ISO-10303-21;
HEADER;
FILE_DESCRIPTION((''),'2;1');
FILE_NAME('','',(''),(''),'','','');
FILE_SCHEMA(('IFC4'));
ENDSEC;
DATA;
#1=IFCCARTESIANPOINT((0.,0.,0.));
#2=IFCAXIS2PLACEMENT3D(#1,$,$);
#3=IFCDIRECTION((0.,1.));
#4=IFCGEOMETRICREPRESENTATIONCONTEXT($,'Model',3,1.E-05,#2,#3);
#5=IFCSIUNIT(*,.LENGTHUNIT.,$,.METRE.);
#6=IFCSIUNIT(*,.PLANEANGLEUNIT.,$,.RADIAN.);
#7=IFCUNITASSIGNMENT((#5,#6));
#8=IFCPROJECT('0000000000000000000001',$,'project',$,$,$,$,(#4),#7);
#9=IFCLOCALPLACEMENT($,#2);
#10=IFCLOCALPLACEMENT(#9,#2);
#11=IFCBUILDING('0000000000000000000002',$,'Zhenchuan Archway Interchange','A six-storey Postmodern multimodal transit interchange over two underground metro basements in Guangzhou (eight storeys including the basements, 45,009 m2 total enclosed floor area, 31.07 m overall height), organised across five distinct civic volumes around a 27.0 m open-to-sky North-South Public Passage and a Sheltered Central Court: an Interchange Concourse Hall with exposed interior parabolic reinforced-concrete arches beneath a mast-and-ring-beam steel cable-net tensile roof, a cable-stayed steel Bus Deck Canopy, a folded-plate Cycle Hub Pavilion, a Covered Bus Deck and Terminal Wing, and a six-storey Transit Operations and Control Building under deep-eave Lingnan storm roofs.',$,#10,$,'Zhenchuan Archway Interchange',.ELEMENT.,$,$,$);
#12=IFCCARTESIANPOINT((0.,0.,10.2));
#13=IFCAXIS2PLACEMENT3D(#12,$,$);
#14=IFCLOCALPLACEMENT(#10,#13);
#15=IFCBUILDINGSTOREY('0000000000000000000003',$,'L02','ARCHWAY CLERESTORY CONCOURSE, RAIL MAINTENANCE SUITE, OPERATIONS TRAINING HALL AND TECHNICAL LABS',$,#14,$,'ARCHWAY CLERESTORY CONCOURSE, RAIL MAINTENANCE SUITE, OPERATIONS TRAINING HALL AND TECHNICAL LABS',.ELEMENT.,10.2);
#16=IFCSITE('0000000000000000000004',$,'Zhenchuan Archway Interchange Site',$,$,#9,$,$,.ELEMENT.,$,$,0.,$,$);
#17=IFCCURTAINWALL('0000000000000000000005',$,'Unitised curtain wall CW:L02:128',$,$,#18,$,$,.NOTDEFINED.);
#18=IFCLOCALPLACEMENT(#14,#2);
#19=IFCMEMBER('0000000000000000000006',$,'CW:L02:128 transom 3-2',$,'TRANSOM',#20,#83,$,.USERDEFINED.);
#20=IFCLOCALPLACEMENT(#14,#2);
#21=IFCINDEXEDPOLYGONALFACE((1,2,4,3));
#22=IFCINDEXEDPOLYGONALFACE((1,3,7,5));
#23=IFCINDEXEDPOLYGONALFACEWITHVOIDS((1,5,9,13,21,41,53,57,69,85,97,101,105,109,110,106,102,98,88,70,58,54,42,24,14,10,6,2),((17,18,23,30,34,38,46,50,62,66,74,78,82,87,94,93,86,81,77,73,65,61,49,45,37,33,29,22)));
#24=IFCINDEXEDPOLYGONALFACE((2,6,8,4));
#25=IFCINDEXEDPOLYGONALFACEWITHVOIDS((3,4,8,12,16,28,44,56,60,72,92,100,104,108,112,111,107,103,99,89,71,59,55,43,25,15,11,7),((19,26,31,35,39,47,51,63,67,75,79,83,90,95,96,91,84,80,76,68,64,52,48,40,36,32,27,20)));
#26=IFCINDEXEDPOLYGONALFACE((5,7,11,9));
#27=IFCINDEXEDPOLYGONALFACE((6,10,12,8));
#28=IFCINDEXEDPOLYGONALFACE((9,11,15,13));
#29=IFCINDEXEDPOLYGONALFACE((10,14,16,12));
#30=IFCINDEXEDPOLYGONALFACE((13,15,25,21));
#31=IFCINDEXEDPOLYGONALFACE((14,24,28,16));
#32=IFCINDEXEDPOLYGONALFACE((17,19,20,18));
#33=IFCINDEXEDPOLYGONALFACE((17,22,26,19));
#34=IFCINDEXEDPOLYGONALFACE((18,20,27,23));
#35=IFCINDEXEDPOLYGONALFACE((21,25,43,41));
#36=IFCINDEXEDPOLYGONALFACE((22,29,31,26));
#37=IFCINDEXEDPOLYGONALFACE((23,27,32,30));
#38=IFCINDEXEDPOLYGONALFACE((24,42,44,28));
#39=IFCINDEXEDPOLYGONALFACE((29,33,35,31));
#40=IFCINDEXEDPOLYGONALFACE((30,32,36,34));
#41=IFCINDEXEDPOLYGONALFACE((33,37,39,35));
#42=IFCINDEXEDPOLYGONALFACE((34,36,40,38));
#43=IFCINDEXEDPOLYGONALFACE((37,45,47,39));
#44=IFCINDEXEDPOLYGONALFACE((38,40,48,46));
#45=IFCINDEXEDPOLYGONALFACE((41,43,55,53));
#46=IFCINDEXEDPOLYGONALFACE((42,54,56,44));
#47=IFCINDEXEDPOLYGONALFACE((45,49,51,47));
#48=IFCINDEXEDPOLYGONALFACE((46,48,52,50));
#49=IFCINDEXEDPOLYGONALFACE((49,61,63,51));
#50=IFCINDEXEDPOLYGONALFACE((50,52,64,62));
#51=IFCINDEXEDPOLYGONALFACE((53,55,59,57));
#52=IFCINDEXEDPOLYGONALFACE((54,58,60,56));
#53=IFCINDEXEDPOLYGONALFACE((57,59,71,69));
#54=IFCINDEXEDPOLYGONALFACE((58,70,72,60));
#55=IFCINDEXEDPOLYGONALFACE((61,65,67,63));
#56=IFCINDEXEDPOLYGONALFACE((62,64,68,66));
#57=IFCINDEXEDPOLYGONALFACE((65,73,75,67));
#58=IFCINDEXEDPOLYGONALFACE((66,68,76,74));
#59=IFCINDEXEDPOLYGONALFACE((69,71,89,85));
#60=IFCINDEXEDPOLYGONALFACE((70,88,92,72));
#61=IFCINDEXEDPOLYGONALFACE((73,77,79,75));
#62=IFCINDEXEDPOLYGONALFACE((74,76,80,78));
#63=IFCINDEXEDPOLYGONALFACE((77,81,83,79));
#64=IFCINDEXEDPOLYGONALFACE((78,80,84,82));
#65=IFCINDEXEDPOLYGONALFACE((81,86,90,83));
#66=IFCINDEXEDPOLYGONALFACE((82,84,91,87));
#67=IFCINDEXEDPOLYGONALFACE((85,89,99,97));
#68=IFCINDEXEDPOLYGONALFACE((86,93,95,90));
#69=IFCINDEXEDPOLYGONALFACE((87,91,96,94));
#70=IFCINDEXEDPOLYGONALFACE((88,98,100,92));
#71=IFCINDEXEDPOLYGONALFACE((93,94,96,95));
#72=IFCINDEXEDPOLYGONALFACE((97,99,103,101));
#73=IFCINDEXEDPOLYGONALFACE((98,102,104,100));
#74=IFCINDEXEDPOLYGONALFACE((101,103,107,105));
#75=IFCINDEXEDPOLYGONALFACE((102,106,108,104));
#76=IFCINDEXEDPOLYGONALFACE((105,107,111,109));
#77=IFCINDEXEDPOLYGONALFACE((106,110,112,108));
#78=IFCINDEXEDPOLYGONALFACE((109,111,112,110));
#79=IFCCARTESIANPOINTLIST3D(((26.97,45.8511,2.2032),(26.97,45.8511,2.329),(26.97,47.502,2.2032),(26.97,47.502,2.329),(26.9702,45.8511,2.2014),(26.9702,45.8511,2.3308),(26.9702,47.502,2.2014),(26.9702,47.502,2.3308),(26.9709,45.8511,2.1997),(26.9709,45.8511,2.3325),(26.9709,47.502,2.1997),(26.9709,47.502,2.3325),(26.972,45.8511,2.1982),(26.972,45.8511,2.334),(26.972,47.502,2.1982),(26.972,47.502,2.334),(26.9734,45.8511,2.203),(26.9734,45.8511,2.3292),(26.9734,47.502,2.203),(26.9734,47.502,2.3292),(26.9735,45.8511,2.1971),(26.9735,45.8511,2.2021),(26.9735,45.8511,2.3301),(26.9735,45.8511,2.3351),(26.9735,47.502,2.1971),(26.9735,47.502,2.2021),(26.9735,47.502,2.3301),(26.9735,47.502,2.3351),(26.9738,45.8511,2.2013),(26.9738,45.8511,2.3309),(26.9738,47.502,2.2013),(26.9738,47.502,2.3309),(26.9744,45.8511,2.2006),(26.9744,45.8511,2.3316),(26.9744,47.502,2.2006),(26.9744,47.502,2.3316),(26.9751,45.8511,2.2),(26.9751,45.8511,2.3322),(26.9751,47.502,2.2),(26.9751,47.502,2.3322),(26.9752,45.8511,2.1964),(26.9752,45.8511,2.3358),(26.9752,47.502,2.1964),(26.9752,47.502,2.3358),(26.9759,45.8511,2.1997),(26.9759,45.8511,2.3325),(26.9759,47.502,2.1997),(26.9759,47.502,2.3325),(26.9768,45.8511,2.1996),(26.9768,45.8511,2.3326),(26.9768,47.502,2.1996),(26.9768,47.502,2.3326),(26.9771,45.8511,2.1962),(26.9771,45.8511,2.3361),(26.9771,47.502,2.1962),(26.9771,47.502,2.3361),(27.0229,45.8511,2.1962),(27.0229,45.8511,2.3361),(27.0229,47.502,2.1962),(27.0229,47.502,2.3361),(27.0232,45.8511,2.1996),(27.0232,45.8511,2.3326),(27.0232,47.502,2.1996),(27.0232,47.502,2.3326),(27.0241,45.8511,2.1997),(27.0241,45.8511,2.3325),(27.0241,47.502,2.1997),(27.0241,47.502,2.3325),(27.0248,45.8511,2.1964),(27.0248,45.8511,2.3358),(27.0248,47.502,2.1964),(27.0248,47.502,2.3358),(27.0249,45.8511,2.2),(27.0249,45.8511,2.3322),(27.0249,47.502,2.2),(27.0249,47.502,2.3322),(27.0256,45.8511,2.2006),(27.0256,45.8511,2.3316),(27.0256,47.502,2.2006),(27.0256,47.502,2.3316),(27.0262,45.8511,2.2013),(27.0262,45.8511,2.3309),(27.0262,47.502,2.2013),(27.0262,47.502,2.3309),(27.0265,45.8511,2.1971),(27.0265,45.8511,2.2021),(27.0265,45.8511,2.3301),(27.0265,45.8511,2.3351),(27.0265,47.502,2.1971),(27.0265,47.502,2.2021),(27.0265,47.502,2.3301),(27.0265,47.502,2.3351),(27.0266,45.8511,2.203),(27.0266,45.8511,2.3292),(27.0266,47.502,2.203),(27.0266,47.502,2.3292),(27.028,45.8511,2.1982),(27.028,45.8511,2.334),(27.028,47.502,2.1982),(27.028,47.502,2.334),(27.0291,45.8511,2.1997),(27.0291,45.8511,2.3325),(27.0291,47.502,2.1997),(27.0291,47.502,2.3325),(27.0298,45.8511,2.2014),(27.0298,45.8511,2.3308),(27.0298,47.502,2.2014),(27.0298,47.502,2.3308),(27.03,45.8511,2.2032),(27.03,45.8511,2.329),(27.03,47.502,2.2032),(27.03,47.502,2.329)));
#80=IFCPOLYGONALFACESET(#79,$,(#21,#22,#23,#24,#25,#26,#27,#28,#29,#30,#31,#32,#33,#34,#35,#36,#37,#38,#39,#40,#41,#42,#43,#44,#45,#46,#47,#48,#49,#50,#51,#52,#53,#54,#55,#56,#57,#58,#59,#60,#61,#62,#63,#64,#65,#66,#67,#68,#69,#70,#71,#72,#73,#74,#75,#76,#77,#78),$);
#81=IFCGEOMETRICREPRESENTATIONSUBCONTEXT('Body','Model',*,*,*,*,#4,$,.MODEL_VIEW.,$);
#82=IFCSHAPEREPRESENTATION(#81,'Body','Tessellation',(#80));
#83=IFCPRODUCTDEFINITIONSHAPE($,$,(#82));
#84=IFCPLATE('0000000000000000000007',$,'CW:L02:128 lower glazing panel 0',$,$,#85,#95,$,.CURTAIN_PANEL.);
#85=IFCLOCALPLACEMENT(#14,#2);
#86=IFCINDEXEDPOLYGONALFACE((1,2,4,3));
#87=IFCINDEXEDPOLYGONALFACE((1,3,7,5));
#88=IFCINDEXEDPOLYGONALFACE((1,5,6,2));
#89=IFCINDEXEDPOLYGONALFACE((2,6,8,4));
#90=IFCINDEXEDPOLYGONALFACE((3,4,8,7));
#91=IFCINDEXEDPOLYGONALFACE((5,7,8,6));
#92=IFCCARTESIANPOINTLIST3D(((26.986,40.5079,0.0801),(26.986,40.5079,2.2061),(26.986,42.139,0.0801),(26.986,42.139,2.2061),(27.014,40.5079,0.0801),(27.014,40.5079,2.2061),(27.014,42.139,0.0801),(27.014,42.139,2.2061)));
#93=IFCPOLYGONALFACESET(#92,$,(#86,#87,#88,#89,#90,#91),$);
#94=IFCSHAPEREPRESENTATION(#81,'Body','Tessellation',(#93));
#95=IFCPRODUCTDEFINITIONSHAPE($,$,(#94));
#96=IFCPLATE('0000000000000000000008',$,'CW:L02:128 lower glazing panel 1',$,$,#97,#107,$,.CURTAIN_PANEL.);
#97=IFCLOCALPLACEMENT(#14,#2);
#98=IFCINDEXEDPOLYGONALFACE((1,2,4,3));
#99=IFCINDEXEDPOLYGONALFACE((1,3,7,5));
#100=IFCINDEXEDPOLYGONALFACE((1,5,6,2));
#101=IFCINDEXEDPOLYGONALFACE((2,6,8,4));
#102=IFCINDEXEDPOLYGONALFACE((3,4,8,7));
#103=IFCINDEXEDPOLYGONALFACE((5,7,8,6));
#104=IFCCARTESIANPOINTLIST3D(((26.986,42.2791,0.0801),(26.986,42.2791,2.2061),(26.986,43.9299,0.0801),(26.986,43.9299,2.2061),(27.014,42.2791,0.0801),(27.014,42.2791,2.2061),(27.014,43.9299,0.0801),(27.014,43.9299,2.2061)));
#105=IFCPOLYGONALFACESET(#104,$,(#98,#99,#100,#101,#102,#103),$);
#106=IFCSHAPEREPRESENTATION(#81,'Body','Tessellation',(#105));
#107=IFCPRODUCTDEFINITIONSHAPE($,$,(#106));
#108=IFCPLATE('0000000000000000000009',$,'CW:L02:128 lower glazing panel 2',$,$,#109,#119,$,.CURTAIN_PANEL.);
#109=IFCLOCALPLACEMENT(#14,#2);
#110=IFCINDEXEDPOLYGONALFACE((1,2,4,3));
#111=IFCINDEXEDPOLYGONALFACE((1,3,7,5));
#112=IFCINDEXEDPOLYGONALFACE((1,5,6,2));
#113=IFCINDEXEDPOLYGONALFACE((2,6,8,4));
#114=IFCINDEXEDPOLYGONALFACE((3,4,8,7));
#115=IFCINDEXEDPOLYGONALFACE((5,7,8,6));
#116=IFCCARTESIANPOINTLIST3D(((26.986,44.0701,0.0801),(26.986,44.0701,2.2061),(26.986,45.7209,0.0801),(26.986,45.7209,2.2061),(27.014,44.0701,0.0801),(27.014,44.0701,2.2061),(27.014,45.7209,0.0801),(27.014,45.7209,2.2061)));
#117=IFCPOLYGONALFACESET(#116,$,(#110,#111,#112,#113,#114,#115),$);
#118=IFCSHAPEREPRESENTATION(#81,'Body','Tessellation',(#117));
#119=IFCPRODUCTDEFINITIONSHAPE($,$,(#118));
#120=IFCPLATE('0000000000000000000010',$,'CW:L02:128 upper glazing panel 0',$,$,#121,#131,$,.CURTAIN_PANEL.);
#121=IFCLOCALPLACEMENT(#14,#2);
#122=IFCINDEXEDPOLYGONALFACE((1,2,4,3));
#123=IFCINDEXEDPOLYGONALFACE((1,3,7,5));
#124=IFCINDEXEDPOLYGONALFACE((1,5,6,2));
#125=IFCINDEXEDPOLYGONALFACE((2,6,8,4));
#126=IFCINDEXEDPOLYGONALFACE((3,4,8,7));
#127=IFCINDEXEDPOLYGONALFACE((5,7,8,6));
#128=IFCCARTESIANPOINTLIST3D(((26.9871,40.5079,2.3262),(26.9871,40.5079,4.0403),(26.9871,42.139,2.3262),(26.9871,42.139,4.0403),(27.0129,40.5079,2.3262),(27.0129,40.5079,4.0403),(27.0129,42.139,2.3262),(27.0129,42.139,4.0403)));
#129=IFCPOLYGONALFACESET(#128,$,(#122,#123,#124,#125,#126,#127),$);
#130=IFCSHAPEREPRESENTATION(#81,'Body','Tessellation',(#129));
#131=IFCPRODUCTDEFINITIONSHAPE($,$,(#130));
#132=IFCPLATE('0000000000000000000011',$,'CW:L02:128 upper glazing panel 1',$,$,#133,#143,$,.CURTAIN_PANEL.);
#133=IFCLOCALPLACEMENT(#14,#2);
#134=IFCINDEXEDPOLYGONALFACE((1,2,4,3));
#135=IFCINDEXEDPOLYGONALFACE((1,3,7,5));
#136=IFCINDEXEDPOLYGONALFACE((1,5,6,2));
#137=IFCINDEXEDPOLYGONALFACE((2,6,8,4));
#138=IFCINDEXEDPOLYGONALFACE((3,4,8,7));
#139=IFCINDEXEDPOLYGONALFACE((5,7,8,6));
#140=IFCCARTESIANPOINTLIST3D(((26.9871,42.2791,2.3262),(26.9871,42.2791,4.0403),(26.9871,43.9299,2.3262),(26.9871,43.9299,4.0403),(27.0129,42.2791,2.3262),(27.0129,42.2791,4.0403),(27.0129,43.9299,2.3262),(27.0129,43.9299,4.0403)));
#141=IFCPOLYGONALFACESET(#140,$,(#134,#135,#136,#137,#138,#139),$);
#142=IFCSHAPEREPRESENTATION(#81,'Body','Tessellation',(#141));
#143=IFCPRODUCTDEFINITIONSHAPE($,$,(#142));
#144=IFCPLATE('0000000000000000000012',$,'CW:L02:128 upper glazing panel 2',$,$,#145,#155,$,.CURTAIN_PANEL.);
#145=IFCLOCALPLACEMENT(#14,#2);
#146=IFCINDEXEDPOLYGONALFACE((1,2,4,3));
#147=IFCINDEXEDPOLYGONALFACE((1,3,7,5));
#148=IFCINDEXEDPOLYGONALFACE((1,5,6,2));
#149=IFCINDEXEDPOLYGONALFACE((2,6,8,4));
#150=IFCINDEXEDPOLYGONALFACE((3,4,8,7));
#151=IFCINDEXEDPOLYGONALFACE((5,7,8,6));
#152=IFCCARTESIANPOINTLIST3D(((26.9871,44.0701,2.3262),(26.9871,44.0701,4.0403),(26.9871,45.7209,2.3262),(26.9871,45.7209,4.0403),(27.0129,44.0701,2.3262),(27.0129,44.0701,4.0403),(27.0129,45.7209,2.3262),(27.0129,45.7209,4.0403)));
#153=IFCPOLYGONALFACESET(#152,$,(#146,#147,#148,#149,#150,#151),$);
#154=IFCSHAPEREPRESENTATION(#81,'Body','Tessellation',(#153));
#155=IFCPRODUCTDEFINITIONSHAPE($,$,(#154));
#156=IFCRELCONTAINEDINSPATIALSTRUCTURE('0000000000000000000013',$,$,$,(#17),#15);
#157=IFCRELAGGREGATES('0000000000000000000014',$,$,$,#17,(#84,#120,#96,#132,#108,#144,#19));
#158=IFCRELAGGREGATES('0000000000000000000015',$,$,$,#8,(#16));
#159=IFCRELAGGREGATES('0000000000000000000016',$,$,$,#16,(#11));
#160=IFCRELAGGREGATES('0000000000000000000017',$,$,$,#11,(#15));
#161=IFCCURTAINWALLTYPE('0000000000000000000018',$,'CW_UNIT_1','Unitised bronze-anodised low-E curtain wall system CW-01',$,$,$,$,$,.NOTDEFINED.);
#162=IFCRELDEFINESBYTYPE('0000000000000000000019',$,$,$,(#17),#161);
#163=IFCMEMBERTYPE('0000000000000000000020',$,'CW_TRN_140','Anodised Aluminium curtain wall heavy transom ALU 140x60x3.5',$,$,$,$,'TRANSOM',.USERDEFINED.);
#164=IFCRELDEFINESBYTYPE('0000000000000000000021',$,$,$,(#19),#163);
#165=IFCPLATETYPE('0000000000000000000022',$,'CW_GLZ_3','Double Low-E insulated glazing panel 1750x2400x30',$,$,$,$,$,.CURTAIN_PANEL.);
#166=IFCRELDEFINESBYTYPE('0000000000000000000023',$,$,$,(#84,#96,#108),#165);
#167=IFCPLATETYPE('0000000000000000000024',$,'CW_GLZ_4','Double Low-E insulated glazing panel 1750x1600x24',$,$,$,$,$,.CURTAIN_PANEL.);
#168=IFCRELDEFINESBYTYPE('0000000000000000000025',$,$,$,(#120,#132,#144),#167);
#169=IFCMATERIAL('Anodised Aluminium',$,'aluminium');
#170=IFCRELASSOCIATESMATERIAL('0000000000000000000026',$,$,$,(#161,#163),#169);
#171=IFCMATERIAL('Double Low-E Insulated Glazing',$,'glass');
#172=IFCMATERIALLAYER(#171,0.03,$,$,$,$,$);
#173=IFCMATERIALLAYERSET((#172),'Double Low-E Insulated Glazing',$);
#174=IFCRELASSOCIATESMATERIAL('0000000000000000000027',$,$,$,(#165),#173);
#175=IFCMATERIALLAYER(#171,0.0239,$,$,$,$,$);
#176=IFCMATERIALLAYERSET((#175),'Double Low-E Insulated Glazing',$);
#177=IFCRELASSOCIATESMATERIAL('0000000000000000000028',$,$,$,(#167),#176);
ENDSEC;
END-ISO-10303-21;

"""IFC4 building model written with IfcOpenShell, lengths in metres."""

from ifc_helpers import new_model, si_unit, direction, frame, origin, origin_2d, place, context, subcontext, project, spatial, rectangle, hollow_rectangle, extrude, material, layer, layer_set, material_profile, profile_set, type_object, element, aggregate, save


model = new_model("IFC4")

# Units and contexts
model_context = context("Model", 3, precision=1e-05, world=origin(), true_north=direction((0.0, 1.0)))
body_context = subcontext(model_context, "Body", "Model", "MODEL_VIEW")
ifc_project = project(units=[si_unit("LENGTHUNIT", "METRE"), si_unit("PLANEANGLEUNIT", "RADIAN")], contexts=[model_context])

# Site, building, storey
site_placement = place(None, origin())
site = spatial("IfcSite", under=ifc_project, at=site_placement, Name="Zhenchuan Archway Interchange Site", CompositionType="ELEMENT", RefElevation=0.0)
building_placement = place(site_placement, origin())
building = spatial("IfcBuilding", under=site, at=building_placement, Name="Zhenchuan Archway Interchange", Description="A six-storey Postmodern multimodal transit interchange over two underground metro basements in Guangzhou (eight storeys including the basements, 45,009 m2 total enclosed floor area, 31.07 m overall height), organised across five distinct civic volumes around a 27.0 m open-to-sky North-South Public Passage and a Sheltered Central Court: an Interchange Concourse Hall with exposed interior parabolic reinforced-concrete arches beneath a mast-and-ring-beam steel cable-net tensile roof, a cable-stayed steel Bus Deck Canopy, a folded-plate Cycle Hub Pavilion, a Covered Bus Deck and Terminal Wing, and a six-storey Transit Operations and Control Building under deep-eave Lingnan storm roofs.", LongName="Zhenchuan Archway Interchange", CompositionType="ELEMENT")
storey_placement = place(building_placement, frame((0.0, 0.0, 10.2)))
storey = spatial("IfcBuildingStorey", under=building, at=storey_placement, Name="L02", Description="ARCHWAY CLERESTORY CONCOURSE, RAIL MAINTENANCE SUITE, OPERATIONS TRAINING HALL AND TECHNICAL LABS", LongName="ARCHWAY CLERESTORY CONCOURSE, RAIL MAINTENANCE SUITE, OPERATIONS TRAINING HALL AND TECHNICAL LABS", CompositionType="ELEMENT", Elevation=10.2)

# Curtain wall, member, plates
ifc_material_1 = material(Name="Anodised Aluminium", Category="aluminium")
curtain_wall_type = type_object("IfcCurtainWallType", Name="CW_UNIT_1", Description="Unitised bronze-anodised low-E curtain wall system CW-01", PredefinedType="NOTDEFINED", material=ifc_material_1)
curtain_wall_placement = place(storey_placement, origin())
curtain_wall = element("IfcCurtainWall", 1, at=curtain_wall_placement, inside=storey, type_object=curtain_wall_type, Name="Unitised curtain wall CW:L02:128", PredefinedType="NOTDEFINED")
ifc_material_profile_1 = material_profile(ifc_material_1, hollow_rectangle(XDim=0.0601, YDim=0.1399, WallThickness=0.0034, InnerFilletRadius=0.0034, OuterFilletRadius=0.0071, at=origin_2d()), Name="ALU 140x60x3.5")
ifc_profile_set_1 = profile_set([ifc_material_profile_1], Name="Anodised Aluminium")
member_type_1 = type_object("IfcMemberType", Name="CW_TRN_140", Description="Anodised Aluminium curtain wall heavy transom ALU 140x60x3.5", ElementType="TRANSOM", PredefinedType="USERDEFINED", material=ifc_profile_set_1)
member_1_placement = place(storey_placement, frame((27.0, 45.8511, 2.2661), z_axis=(0.0, 1.0, 0.0), x_axis=(-1.0, 0.0, 0.0)))
member_1 = element("IfcMember", 2, at=member_1_placement, type_object=member_type_1, Name="CW:L02:128 transom 3-2", ObjectType="TRANSOM", PredefinedType="USERDEFINED", context=body_context, shape_type="SweptSolid", body=[
    extrude(hollow_rectangle(XDim=0.0601, YDim=0.1399, WallThickness=0.0034, InnerFilletRadius=0.0034, OuterFilletRadius=0.0071, at=origin_2d()), origin(), (0.0, 0.0, 1.0), 1.6509),
])
ifc_material_2 = material(Name="Double Low-E Insulated Glazing", Category="glass")
ifc_layer_1 = layer(ifc_material_2, 0.03)
ifc_layer_set_1 = layer_set([ifc_layer_1], Name="Double Low-E Insulated Glazing")
plate_type_1 = type_object("IfcPlateType", Name="CW_GLZ_3", Description="Double Low-E insulated glazing panel 1750x2400x30", PredefinedType="CURTAIN_PANEL", material=ifc_layer_set_1)
plate_1_placement = place(storey_placement, frame((27.0, 41.3235, 0.0801), z_axis=(0.0, 0.0, 1.0), x_axis=(0.0, 1.0, 0.0)))
plate_1 = element("IfcPlate", 3, at=plate_1_placement, type_object=plate_type_1, Name="CW:L02:128 lower glazing panel 0", PredefinedType="CURTAIN_PANEL", context=body_context, shape_type="SweptSolid", body=[
    extrude(rectangle(XDim=1.6311, YDim=0.0281, at=origin_2d()), origin(), (0.0, 0.0, 1.0), 2.126),
])
plate_2_placement = place(storey_placement, frame((27.0, 43.1045, 0.0801), z_axis=(0.0, 0.0, 1.0), x_axis=(0.0, 1.0, 0.0)))
plate_2 = element("IfcPlate", 4, at=plate_2_placement, type_object=plate_type_1, Name="CW:L02:128 lower glazing panel 1", PredefinedType="CURTAIN_PANEL", context=body_context, shape_type="SweptSolid", body=[
    extrude(rectangle(XDim=1.6509, YDim=0.0281, at=origin_2d()), origin(), (0.0, 0.0, 1.0), 2.126),
])
plate_3_placement = place(storey_placement, frame((27.0, 44.8955, 0.0801), z_axis=(0.0, 0.0, 1.0), x_axis=(0.0, 1.0, 0.0)))
plate_3 = element("IfcPlate", 5, at=plate_3_placement, type_object=plate_type_1, Name="CW:L02:128 lower glazing panel 2", PredefinedType="CURTAIN_PANEL", context=body_context, shape_type="SweptSolid", body=[
    extrude(rectangle(XDim=1.6509, YDim=0.0281, at=origin_2d()), origin(), (0.0, 0.0, 1.0), 2.126),
])
ifc_layer_2 = layer(ifc_material_2, 0.0239)
ifc_layer_set_2 = layer_set([ifc_layer_2], Name="Double Low-E Insulated Glazing")
plate_type_2 = type_object("IfcPlateType", Name="CW_GLZ_4", Description="Double Low-E insulated glazing panel 1750x1600x24", PredefinedType="CURTAIN_PANEL", material=ifc_layer_set_2)
plate_4_placement = place(storey_placement, frame((27.0, 41.3235, 2.3262), z_axis=(0.0, 0.0, 1.0), x_axis=(0.0, 1.0, 0.0)))
plate_4 = element("IfcPlate", 6, at=plate_4_placement, type_object=plate_type_2, Name="CW:L02:128 upper glazing panel 0", PredefinedType="CURTAIN_PANEL", context=body_context, shape_type="SweptSolid", body=[
    extrude(rectangle(XDim=1.6311, YDim=0.0259, at=origin_2d()), origin(), (0.0, 0.0, 1.0), 1.7141),
])
plate_5_placement = place(storey_placement, frame((27.0, 43.1045, 2.3262), z_axis=(0.0, 0.0, 1.0), x_axis=(0.0, 1.0, 0.0)))
plate_5 = element("IfcPlate", 7, at=plate_5_placement, type_object=plate_type_2, Name="CW:L02:128 upper glazing panel 1", PredefinedType="CURTAIN_PANEL", context=body_context, shape_type="SweptSolid", body=[
    extrude(rectangle(XDim=1.6509, YDim=0.0259, at=origin_2d()), origin(), (0.0, 0.0, 1.0), 1.7141),
])
plate_6_placement = place(storey_placement, frame((27.0, 44.8955, 2.3262), z_axis=(0.0, 0.0, 1.0), x_axis=(0.0, 1.0, 0.0)))
plate_6 = element("IfcPlate", 8, at=plate_6_placement, type_object=plate_type_2, Name="CW:L02:128 upper glazing panel 2", PredefinedType="CURTAIN_PANEL", context=body_context, shape_type="SweptSolid", body=[
    extrude(rectangle(XDim=1.6509, YDim=0.0259, at=origin_2d()), origin(), (0.0, 0.0, 1.0), 1.7141),
])
aggregate(curtain_wall, [plate_1, plate_4, plate_2, plate_5, plate_3, plate_6, member_1])

save(model, "model.ifc")
